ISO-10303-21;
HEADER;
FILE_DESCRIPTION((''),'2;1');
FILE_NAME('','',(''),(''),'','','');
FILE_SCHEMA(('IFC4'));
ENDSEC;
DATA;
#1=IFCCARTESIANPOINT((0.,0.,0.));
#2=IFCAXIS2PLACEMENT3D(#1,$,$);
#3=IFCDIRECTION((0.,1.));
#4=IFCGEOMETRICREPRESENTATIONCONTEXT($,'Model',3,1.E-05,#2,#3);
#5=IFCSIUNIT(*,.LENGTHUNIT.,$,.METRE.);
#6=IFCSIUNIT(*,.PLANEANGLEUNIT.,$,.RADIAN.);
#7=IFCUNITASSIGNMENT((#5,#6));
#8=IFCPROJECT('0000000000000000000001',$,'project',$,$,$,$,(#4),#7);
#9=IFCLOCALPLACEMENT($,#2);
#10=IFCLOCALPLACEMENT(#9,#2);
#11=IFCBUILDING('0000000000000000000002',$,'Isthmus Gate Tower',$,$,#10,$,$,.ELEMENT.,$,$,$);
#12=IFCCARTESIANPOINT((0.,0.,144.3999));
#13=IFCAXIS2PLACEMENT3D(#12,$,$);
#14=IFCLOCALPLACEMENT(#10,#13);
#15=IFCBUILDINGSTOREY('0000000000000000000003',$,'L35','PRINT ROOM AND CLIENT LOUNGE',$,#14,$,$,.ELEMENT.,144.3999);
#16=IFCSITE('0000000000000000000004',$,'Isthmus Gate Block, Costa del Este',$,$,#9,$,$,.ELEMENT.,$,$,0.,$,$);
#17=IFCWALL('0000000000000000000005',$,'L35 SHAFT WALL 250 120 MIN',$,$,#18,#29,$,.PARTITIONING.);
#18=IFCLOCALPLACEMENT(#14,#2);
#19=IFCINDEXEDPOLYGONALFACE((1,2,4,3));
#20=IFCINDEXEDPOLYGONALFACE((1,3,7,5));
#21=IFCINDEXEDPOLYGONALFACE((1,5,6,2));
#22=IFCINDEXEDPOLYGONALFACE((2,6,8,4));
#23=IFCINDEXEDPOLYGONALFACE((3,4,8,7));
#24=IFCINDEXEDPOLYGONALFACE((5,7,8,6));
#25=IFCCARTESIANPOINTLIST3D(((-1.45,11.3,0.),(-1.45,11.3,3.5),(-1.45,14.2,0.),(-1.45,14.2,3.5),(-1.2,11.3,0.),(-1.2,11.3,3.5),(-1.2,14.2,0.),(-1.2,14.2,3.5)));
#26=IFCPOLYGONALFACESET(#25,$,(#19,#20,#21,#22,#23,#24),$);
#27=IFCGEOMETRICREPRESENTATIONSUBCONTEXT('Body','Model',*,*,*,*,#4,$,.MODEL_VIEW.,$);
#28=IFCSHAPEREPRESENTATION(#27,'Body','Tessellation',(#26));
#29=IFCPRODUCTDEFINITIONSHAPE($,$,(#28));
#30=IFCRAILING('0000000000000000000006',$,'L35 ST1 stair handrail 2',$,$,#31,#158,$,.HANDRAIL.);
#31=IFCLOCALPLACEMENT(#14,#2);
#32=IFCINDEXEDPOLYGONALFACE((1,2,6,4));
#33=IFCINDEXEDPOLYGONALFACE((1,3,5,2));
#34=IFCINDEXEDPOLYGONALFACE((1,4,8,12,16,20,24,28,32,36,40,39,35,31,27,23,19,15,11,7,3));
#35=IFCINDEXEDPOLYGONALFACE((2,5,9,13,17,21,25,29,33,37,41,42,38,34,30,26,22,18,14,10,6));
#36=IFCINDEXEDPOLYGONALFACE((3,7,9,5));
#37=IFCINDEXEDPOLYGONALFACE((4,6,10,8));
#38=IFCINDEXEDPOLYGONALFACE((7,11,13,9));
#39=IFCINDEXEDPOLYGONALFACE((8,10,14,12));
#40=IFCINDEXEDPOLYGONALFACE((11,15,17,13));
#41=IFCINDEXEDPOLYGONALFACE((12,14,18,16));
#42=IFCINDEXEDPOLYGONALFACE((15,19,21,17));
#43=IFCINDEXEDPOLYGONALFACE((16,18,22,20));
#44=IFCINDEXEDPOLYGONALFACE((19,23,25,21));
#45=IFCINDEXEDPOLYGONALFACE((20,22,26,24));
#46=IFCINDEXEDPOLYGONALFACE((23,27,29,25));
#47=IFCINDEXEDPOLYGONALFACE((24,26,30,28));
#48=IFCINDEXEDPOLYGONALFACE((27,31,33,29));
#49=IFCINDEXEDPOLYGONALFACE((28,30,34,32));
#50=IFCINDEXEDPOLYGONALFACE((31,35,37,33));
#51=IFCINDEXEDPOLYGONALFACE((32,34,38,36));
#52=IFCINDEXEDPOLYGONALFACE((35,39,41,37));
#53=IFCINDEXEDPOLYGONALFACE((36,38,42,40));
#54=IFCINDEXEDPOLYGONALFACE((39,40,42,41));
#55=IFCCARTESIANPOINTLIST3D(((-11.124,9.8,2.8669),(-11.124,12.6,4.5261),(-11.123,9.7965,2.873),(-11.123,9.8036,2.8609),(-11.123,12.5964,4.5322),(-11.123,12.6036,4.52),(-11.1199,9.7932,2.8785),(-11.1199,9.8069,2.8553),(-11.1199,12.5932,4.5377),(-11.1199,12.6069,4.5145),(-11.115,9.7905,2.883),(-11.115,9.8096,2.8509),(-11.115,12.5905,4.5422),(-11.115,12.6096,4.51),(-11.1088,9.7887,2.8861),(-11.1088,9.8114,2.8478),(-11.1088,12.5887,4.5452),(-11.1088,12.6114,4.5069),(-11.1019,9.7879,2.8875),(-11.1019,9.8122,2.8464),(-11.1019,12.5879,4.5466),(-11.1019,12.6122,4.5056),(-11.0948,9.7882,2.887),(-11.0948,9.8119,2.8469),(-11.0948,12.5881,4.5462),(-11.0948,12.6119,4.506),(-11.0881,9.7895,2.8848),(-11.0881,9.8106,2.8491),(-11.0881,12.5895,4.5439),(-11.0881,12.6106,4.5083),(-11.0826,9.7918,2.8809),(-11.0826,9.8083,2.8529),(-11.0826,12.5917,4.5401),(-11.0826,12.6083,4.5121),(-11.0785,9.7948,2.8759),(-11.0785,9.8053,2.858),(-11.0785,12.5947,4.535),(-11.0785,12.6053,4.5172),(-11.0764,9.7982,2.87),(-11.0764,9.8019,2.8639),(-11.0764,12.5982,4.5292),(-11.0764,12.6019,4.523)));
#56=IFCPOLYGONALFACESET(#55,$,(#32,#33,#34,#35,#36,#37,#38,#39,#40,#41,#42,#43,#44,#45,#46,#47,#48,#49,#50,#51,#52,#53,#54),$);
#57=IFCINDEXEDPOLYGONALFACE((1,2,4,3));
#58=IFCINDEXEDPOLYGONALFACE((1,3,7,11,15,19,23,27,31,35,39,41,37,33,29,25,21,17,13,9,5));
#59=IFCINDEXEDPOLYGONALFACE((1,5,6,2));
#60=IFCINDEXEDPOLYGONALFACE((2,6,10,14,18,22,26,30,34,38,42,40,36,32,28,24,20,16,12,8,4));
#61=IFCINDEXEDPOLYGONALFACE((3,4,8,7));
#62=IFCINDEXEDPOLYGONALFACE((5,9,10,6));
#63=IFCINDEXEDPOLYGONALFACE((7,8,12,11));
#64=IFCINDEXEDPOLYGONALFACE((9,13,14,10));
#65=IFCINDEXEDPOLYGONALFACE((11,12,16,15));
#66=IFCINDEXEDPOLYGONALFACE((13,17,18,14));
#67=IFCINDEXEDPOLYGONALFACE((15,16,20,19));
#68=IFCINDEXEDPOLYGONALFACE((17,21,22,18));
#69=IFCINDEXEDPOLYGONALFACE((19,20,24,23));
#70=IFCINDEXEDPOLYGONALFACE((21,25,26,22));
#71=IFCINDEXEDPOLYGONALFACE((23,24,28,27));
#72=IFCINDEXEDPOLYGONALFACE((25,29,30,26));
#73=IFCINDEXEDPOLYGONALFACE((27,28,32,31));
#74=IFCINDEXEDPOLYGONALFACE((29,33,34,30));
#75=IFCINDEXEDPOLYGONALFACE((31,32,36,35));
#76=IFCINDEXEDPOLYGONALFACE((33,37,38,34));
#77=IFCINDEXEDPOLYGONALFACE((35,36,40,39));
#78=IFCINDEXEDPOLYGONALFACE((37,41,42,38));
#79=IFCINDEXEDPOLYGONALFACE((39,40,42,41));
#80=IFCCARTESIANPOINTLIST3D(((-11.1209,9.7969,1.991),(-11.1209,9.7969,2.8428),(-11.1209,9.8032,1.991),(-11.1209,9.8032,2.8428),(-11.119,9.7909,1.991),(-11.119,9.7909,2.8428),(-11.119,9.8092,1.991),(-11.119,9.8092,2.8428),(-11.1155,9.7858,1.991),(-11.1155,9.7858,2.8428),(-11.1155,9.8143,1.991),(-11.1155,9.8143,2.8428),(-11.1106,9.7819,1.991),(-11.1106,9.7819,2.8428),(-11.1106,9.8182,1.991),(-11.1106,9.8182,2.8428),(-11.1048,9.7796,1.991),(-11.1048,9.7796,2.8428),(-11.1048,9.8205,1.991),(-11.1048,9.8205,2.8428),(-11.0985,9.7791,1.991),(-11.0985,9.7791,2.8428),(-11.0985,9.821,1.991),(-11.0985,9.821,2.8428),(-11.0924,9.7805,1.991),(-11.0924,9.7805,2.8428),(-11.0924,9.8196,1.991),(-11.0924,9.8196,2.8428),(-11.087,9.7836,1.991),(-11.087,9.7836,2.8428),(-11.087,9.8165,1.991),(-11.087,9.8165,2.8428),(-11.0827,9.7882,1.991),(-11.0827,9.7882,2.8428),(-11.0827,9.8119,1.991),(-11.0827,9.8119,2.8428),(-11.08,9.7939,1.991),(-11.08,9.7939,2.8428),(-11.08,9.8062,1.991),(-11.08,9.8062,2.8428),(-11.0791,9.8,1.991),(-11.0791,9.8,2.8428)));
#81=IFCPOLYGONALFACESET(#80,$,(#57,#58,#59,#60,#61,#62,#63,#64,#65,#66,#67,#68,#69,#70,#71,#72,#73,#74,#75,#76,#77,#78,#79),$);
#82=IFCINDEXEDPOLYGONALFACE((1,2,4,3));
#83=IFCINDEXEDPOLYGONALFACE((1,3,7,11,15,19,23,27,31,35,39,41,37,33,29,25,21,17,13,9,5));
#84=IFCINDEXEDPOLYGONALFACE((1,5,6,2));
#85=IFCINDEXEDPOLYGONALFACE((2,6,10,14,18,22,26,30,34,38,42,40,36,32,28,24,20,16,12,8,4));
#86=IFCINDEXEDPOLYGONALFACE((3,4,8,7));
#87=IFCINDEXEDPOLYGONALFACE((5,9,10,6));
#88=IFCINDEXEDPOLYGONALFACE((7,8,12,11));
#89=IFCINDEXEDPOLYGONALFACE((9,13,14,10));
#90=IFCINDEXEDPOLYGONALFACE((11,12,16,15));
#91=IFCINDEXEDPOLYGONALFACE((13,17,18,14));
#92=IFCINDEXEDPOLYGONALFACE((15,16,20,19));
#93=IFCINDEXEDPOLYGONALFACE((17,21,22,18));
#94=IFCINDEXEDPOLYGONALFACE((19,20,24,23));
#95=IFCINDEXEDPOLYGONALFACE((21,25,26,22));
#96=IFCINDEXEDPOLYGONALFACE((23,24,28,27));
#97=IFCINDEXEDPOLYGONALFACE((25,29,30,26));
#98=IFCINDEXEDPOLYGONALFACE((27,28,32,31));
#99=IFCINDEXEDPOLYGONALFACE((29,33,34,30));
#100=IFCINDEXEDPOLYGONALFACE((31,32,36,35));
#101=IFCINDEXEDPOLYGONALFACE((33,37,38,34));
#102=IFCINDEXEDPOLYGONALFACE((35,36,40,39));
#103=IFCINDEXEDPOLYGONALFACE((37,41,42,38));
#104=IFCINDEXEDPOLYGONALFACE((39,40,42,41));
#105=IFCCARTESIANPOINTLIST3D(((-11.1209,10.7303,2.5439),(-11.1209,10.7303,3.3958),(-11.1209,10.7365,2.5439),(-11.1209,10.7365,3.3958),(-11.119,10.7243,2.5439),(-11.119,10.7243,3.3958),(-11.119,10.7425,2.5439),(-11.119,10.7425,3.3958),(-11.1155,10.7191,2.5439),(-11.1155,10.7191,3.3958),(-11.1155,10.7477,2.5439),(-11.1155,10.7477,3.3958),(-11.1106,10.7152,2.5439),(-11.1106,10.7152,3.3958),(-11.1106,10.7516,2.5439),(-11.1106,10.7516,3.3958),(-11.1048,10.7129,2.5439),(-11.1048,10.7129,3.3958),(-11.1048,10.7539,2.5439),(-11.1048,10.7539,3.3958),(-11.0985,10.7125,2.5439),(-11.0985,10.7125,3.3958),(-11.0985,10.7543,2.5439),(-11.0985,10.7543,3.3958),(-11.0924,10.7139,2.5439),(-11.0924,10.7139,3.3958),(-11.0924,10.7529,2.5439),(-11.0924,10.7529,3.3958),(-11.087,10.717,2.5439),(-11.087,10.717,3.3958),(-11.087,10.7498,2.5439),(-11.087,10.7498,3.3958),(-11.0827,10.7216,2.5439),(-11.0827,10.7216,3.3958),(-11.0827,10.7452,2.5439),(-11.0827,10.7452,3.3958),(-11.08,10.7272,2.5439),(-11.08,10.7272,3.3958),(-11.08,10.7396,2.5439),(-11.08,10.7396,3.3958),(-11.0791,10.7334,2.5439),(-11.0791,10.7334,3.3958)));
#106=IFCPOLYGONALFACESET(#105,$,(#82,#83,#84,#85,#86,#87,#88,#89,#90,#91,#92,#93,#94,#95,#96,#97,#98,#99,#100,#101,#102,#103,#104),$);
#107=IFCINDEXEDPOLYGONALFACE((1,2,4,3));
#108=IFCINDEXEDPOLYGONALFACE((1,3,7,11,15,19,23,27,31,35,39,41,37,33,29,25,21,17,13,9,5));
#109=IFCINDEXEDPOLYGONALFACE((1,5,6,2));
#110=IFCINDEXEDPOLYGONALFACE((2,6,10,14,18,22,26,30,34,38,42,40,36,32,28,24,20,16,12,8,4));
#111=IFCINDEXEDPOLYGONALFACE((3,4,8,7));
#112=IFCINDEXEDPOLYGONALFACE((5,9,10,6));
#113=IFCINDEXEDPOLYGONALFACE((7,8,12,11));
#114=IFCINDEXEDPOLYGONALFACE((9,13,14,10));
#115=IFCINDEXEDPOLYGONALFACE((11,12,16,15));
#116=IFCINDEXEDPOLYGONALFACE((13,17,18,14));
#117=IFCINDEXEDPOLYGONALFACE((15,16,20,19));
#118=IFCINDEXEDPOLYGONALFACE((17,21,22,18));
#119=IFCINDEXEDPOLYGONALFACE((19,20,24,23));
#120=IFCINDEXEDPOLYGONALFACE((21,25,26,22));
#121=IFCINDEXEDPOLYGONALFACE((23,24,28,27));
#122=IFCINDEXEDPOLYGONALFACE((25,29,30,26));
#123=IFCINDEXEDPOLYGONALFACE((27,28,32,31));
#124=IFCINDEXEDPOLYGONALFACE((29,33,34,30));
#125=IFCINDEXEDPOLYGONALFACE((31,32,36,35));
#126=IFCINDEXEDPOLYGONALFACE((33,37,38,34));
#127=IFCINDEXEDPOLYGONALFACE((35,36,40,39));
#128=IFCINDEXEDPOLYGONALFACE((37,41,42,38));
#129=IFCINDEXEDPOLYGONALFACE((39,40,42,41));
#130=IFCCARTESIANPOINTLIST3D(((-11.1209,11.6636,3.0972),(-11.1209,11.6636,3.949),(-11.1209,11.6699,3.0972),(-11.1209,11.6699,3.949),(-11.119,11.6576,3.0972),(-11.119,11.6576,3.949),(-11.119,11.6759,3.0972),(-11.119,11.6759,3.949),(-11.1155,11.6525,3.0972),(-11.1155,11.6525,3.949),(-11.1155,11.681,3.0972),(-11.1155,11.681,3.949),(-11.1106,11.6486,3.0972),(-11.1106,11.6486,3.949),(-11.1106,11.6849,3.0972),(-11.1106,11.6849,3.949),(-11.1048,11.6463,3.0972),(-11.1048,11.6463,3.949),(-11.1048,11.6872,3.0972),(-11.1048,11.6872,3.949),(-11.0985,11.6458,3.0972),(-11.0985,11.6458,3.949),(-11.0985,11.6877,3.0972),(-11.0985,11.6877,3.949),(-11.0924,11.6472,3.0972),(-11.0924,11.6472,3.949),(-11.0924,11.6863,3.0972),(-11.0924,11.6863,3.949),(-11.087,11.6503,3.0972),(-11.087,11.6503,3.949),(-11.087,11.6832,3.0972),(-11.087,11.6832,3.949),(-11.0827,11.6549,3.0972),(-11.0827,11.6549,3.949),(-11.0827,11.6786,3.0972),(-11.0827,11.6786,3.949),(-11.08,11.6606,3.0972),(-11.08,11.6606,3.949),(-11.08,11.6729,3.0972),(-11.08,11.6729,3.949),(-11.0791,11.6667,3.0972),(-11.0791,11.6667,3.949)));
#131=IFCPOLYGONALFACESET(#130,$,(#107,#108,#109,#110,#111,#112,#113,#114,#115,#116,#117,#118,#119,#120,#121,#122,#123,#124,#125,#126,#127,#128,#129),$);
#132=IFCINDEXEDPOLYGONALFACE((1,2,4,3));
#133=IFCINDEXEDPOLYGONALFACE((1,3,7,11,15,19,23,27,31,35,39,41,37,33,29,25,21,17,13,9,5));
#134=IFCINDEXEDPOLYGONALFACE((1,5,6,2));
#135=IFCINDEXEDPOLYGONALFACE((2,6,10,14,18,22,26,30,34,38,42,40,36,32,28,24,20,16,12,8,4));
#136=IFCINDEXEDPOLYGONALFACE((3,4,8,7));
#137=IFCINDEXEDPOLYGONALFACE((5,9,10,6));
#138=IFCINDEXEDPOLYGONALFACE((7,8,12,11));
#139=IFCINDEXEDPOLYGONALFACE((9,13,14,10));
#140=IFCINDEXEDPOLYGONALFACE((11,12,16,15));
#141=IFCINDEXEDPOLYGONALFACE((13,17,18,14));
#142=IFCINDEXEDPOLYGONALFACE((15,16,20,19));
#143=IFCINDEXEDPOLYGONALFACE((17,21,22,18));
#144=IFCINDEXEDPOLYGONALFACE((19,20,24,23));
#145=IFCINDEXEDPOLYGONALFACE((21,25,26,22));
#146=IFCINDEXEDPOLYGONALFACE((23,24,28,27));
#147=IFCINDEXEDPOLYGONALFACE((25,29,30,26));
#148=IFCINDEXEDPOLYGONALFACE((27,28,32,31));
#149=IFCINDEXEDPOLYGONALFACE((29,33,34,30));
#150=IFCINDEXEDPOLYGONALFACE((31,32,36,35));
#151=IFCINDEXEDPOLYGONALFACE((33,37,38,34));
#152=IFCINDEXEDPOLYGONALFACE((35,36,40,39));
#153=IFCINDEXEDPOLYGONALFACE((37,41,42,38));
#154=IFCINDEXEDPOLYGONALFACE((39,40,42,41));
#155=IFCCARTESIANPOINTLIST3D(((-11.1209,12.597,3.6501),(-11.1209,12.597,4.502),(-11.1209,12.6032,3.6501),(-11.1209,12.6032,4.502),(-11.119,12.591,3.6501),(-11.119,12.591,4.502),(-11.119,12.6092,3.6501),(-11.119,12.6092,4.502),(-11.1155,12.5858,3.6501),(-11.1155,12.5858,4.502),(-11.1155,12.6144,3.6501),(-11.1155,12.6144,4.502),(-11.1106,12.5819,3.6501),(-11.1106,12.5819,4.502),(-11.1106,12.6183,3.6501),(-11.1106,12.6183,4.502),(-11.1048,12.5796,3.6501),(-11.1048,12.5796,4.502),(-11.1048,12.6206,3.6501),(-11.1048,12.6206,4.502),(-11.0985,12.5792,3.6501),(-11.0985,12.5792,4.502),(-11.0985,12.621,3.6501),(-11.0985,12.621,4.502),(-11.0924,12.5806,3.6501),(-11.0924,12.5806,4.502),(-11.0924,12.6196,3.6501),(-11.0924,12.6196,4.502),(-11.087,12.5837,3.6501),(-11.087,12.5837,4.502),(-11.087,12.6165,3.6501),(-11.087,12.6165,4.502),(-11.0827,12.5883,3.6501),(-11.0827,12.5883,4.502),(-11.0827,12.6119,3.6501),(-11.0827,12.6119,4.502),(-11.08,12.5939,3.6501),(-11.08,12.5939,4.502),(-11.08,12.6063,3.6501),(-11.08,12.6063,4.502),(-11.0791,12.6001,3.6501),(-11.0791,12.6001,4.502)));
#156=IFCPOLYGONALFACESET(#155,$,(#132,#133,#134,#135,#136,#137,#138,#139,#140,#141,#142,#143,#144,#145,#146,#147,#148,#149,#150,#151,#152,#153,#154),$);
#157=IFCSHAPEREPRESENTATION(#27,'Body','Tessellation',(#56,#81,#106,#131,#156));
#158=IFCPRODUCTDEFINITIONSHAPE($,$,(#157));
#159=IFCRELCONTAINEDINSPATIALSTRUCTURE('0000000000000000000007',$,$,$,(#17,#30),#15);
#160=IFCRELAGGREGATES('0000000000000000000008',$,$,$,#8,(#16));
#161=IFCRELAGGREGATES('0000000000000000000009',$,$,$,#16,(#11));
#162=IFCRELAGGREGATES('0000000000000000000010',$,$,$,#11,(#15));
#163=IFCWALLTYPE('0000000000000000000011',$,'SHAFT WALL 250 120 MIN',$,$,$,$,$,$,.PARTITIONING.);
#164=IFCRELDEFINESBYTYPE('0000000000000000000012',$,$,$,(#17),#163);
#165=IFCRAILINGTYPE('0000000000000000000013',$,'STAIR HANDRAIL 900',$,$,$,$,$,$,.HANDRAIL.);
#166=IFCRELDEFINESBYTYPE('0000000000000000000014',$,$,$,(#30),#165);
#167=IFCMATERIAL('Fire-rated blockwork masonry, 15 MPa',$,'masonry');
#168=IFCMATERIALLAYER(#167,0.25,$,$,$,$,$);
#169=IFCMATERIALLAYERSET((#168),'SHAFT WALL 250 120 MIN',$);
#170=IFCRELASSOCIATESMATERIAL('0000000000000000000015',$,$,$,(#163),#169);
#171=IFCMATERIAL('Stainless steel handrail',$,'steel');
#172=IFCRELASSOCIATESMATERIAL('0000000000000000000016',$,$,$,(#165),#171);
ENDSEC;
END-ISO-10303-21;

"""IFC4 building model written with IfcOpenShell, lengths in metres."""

from ifc_helpers import new_model, si_unit, direction, frame, frame_2d, origin, origin_2d, place, context, subcontext, project, spatial, rectangle, circle, extrude, material, layer, layer_set, type_object, element, save


model = new_model("IFC4")

# Units and contexts
model_context = context("Model", 3, precision=1e-05, world=origin(), true_north=direction((0.0, 1.0)))
body_context = subcontext(model_context, "Body", "Model", "MODEL_VIEW")
ifc_project = project(units=[si_unit("LENGTHUNIT", "METRE"), si_unit("PLANEANGLEUNIT", "RADIAN")], contexts=[model_context])

# Site, building, storey
site_placement = place(None, origin())
site = spatial("IfcSite", under=ifc_project, at=site_placement, Name="Isthmus Gate Block, Costa del Este", CompositionType="ELEMENT", RefElevation=0.0)
building_placement = place(site_placement, origin())
building = spatial("IfcBuilding", under=site, at=building_placement, Name="Isthmus Gate Tower", CompositionType="ELEMENT")
storey_placement = place(building_placement, frame((0.0, 0.0, 144.3999)))
storey = spatial("IfcBuildingStorey", under=building, at=storey_placement, Name="L35", Description="PRINT ROOM AND CLIENT LOUNGE", CompositionType="ELEMENT", Elevation=144.3999)

# Wall
ifc_material_1 = material(Name="Fire-rated blockwork masonry, 15 MPa", Category="masonry")
ifc_layer_1 = layer(ifc_material_1, 0.25)
ifc_layer_set_1 = layer_set([ifc_layer_1], Name="SHAFT WALL 250 120 MIN")
wall_type_1 = type_object("IfcWallType", Name="SHAFT WALL 250 120 MIN", PredefinedType="PARTITIONING", material=ifc_layer_set_1)
for number, where, z_axis, x_axis, name in (
    (1, (-1.325, 11.3, 0.0), (0.0, 0.0, 1.0), (0.0, 1.0, 0.0), "L35 SHAFT WALL 250 120 MIN"),
):
    element("IfcWall", number, at=place(storey_placement, frame(where, z_axis=z_axis, x_axis=x_axis)), inside=storey, type_object=wall_type_1, Name=name, PredefinedType="PARTITIONING", context=body_context, shape_type="SweptSolid", body=[
        extrude(rectangle(XDim=2.8999, YDim=0.25, at=frame_2d((1.45, 0.0))), origin(), (0.0, 0.0, 1.0), 3.5),
    ])

# Railing
ifc_material_2 = material(Name="Stainless steel handrail", Category="steel")
railing_type = type_object("IfcRailingType", Name="STAIR HANDRAIL 900", PredefinedType="HANDRAIL", material=ifc_material_2)
railing_placement = place(storey_placement, frame((-11.1001, 9.8, 1.991)))
element("IfcRailing", 2, at=railing_placement, inside=storey, type_object=railing_type, Name="L35 ST1 stair handrail 2", PredefinedType="HANDRAIL", context=body_context, shape_type="SweptSolid", body=[
    extrude(circle(Radius=0.0239, at=origin_2d()), frame((0.0, 0.0, 0.876), z_axis=(0.0, 0.860306, 0.509778), x_axis=(-1.0, 0.0, 0.0)), (0.0, 0.0, 1.0), 3.2546),
    extrude(circle(Radius=0.021, at=origin_2d()), origin(), (0.0, 0.0, 1.0), 0.8518),
    extrude(circle(Radius=0.021, at=origin_2d()), frame((0.0, 0.9333, 0.553)), (0.0, 0.0, 1.0), 0.8518),
    extrude(circle(Radius=0.021, at=origin_2d()), frame((0.0, 1.8667, 1.1062)), (0.0, 0.0, 1.0), 0.8518),
    extrude(circle(Radius=0.021, at=origin_2d()), frame((0.0, 2.8, 1.6592)), (0.0, 0.0, 1.0), 0.8518),
])

save(model, "model.ifc")
